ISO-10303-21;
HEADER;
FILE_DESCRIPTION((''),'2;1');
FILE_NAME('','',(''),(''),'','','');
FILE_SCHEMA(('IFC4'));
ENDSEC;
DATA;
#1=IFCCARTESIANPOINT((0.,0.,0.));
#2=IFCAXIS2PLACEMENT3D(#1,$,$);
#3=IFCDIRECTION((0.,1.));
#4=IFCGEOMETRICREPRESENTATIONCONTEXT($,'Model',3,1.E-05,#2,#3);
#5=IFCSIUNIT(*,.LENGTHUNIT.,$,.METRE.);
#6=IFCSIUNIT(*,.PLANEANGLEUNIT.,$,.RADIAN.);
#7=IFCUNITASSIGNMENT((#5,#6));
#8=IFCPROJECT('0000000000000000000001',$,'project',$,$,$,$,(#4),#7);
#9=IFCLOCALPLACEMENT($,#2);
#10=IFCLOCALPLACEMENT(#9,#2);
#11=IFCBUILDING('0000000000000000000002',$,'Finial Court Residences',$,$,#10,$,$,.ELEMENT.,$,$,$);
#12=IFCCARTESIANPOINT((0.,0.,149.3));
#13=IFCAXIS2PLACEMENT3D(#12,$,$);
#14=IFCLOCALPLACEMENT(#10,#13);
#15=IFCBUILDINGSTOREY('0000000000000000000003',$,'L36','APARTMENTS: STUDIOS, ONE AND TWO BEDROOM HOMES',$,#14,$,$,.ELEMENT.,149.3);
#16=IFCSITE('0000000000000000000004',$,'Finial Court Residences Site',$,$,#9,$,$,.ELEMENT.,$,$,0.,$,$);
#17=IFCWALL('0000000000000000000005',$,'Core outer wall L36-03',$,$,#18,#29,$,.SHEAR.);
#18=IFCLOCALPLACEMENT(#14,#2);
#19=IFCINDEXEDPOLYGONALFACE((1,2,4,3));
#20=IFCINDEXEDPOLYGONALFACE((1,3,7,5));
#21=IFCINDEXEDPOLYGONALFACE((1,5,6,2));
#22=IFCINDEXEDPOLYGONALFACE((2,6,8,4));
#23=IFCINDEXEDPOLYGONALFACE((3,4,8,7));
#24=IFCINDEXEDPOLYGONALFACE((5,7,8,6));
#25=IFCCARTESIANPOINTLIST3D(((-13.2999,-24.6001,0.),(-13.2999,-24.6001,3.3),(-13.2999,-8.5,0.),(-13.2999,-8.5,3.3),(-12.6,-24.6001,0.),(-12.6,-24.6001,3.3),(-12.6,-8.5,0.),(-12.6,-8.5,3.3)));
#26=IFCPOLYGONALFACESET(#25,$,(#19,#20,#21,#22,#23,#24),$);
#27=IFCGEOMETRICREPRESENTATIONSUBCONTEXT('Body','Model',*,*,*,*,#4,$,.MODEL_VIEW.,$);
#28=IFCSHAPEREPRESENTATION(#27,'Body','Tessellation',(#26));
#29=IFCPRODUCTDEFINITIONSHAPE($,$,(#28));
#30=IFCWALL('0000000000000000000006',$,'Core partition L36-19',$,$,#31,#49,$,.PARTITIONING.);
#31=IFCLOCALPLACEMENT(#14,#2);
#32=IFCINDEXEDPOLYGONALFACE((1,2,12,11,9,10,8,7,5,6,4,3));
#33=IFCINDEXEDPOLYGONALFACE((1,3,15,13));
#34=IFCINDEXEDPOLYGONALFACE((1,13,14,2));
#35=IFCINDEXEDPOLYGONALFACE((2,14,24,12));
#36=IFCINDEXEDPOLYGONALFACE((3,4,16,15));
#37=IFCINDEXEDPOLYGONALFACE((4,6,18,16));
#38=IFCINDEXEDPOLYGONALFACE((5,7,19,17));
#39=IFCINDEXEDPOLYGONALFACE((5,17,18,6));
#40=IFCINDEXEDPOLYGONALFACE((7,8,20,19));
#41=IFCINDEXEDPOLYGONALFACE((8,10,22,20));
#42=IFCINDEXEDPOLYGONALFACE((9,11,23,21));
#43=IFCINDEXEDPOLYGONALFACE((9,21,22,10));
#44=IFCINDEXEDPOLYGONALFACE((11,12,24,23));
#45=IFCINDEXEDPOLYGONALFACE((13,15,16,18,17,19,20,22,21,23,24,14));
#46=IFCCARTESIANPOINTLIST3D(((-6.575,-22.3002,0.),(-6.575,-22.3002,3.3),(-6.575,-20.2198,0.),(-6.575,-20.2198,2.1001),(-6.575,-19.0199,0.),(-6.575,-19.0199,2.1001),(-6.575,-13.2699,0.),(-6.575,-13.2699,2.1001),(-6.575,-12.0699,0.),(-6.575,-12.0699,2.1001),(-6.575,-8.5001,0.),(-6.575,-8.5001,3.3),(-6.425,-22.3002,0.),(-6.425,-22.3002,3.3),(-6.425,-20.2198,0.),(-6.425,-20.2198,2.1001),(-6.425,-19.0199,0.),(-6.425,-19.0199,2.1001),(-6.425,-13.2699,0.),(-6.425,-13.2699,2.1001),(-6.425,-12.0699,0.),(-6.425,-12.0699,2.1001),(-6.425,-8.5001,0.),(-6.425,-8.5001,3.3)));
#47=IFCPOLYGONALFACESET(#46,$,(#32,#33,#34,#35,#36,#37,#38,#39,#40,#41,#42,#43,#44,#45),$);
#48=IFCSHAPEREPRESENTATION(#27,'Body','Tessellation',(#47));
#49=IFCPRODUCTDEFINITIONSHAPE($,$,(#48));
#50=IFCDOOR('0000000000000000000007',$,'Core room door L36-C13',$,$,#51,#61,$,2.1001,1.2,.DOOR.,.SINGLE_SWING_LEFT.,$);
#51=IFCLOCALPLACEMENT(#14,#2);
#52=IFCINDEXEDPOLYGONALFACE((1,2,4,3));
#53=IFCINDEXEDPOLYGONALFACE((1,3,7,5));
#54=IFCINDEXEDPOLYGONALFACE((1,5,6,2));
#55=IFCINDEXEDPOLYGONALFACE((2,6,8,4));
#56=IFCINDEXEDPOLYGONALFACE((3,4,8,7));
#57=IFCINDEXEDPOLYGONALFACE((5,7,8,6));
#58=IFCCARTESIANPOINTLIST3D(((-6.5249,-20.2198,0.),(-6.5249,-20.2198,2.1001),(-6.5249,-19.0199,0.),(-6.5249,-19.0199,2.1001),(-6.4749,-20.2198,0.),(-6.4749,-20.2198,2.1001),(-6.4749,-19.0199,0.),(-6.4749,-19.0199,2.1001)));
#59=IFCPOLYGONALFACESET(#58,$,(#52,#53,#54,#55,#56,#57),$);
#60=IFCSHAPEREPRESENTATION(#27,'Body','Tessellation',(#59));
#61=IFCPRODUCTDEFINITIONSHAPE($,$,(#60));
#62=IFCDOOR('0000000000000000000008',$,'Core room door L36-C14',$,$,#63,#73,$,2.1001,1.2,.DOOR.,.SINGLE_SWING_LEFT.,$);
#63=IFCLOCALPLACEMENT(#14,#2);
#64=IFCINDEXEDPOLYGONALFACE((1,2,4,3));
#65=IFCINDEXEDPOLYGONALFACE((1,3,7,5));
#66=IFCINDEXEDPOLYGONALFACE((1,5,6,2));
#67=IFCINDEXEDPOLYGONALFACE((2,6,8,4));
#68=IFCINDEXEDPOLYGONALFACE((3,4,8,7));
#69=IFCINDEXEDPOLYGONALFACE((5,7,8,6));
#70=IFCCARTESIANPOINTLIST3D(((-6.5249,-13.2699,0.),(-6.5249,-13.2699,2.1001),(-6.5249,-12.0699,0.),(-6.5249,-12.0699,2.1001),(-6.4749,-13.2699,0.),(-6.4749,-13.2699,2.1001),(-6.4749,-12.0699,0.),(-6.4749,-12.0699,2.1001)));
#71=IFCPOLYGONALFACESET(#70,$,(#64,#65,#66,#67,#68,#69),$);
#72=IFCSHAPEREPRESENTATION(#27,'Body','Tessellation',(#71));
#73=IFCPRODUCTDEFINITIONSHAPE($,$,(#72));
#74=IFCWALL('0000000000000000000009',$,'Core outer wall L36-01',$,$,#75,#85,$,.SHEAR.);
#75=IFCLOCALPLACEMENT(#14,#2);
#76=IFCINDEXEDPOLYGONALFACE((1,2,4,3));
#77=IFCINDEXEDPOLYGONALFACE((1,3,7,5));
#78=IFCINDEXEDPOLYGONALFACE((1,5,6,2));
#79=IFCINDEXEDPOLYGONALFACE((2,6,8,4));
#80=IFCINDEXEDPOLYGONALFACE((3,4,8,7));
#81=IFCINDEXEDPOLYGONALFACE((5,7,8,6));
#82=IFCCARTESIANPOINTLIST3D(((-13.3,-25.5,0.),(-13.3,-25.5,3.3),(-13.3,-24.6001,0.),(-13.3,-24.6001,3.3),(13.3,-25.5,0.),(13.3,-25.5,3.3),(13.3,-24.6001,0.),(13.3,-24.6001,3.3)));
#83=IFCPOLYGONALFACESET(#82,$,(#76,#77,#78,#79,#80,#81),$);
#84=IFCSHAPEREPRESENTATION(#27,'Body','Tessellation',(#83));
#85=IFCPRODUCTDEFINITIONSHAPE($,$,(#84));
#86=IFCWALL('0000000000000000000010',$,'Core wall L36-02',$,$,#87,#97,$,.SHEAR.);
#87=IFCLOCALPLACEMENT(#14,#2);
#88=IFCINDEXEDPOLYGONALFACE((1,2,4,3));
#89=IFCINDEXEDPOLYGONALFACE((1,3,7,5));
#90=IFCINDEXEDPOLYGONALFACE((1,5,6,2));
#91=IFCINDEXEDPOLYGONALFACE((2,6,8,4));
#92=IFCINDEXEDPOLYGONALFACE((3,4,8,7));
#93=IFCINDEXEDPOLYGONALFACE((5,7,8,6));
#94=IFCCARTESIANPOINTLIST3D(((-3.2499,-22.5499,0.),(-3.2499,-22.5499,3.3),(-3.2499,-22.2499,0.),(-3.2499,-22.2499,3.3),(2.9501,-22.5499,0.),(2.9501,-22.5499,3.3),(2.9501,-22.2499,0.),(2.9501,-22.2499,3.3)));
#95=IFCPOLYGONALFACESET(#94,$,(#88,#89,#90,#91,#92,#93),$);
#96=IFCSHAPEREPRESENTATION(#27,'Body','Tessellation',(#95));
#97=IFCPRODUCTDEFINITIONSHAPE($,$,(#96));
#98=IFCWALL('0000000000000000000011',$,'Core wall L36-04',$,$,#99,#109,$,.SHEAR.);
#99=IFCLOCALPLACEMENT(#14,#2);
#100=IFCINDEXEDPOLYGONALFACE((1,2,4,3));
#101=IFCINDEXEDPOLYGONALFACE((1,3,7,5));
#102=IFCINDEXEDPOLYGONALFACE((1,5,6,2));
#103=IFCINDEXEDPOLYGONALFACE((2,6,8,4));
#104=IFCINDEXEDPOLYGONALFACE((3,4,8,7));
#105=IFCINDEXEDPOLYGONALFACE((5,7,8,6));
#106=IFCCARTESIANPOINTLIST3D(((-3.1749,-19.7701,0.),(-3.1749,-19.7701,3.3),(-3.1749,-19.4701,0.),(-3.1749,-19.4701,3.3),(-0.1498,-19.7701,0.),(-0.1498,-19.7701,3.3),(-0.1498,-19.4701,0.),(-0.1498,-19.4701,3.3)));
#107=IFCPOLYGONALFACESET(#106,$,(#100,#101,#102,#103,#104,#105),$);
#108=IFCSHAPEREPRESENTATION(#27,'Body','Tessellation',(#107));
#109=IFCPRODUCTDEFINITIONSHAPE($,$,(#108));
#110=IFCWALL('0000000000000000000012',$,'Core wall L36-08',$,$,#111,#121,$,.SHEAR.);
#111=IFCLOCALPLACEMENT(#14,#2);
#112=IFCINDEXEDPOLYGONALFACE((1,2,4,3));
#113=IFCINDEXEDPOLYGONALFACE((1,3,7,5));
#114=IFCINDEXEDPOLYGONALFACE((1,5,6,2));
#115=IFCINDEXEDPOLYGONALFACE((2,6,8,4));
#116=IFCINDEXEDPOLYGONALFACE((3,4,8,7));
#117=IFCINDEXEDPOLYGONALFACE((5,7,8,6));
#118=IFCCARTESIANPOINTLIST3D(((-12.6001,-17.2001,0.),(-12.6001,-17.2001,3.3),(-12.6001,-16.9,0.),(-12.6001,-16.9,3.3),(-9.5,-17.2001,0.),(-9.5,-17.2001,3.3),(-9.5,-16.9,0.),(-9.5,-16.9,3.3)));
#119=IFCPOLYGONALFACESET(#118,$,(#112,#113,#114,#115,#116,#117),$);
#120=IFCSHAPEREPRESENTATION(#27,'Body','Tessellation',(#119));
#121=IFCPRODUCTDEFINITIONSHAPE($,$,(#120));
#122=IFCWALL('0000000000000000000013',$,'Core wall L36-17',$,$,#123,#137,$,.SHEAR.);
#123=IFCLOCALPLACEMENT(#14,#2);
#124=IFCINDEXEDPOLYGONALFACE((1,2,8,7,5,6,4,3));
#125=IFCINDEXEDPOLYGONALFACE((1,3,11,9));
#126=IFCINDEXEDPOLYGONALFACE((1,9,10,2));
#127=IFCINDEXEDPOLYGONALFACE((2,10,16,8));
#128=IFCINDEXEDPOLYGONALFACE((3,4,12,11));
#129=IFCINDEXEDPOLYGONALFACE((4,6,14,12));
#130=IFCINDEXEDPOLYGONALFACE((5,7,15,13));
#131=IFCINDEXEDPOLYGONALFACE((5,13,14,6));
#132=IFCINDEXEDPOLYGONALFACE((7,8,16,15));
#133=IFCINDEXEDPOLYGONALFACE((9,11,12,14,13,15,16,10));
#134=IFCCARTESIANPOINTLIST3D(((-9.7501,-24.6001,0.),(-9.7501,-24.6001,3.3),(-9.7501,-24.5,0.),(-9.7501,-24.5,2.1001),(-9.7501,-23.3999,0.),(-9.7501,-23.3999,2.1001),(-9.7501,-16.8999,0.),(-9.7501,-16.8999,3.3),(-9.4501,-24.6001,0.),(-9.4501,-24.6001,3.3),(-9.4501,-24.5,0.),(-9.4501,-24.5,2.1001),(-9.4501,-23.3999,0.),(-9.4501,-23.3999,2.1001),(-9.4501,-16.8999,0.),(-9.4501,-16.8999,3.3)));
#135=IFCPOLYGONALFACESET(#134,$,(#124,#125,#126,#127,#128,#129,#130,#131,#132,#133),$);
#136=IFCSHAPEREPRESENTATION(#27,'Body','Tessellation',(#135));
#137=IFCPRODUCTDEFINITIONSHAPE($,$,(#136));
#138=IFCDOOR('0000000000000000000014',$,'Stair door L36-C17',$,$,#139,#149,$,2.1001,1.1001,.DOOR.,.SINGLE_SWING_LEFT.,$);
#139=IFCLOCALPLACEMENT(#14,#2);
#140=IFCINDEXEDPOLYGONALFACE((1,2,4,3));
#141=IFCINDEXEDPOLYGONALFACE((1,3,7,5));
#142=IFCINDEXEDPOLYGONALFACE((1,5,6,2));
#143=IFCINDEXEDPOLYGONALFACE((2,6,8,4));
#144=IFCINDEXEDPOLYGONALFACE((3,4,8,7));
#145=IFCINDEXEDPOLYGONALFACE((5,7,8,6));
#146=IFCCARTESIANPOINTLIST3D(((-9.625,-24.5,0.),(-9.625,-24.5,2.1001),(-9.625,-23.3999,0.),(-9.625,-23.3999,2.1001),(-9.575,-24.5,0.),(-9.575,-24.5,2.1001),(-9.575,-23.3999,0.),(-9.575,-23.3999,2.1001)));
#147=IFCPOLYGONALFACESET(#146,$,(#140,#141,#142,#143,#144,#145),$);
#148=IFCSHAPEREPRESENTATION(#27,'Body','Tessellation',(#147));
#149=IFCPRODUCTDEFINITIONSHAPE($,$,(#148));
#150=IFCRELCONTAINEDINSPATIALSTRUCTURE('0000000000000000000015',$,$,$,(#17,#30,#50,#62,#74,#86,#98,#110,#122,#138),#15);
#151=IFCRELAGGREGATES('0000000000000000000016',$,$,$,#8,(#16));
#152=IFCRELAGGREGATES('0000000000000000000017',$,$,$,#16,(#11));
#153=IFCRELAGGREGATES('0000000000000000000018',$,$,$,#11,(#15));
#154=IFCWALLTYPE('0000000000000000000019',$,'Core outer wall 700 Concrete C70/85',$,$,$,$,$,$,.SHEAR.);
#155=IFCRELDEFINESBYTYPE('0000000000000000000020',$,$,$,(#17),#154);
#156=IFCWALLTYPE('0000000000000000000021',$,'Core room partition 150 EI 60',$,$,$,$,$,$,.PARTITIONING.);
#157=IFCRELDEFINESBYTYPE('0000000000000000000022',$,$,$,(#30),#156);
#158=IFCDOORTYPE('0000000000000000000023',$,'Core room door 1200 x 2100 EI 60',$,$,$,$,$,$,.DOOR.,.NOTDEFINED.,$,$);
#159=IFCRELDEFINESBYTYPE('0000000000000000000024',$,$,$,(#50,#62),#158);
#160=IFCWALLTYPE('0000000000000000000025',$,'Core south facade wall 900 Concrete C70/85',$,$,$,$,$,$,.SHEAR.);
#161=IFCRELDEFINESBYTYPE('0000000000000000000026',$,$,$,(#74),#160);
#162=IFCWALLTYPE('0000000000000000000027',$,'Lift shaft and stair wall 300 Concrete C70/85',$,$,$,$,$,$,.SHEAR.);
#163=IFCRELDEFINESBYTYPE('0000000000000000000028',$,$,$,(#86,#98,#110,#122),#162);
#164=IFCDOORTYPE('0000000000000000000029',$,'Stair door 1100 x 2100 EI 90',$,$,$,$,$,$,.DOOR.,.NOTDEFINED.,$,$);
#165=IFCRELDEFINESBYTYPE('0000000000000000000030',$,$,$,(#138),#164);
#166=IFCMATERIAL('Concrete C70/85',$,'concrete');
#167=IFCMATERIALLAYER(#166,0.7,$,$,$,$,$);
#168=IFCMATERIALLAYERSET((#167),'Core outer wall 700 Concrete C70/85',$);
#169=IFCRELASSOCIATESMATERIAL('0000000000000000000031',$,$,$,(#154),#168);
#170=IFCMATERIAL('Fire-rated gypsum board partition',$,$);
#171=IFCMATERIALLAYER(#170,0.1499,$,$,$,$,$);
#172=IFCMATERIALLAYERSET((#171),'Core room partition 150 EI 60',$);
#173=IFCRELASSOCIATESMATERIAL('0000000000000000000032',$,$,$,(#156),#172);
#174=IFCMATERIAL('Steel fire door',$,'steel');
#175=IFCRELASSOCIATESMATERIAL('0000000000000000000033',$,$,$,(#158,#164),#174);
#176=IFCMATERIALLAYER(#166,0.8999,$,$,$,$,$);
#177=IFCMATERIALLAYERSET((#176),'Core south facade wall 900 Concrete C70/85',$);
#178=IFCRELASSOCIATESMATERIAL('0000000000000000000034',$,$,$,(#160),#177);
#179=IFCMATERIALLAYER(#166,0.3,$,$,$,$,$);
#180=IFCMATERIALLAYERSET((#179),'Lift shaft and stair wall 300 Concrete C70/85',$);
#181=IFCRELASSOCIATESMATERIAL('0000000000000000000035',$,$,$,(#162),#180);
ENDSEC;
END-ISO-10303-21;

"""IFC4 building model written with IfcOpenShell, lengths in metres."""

from ifc_helpers import new_model, si_unit, direction, frame, frame_2d, origin, place, context, subcontext, project, spatial, rectangle, extrude, material, layer, layer_set, type_object, element, fill, save


model = new_model("IFC4")

# Units and contexts
model_context = context("Model", 3, precision=1e-05, world=origin(), true_north=direction((0.0, 1.0)))
body_context = subcontext(model_context, "Body", "Model", "MODEL_VIEW")
ifc_project = project(units=[si_unit("LENGTHUNIT", "METRE"), si_unit("PLANEANGLEUNIT", "RADIAN")], contexts=[model_context])

# Site, building, storey
site_placement = place(None, origin())
site = spatial("IfcSite", under=ifc_project, at=site_placement, Name="Finial Court Residences Site", CompositionType="ELEMENT", RefElevation=0.0)
building_placement = place(site_placement, origin())
building = spatial("IfcBuilding", under=site, at=building_placement, Name="Finial Court Residences", CompositionType="ELEMENT")
storey_placement = place(building_placement, frame((0.0, 0.0, 149.3)))
storey = spatial("IfcBuildingStorey", under=building, at=storey_placement, Name="L36", Description="APARTMENTS: STUDIOS, ONE AND TWO BEDROOM HOMES", CompositionType="ELEMENT", Elevation=149.3)

# Wall
ifc_material_1 = material(Name="Concrete C70/85", Category="concrete")
ifc_layer_1 = layer(ifc_material_1, 0.7)
ifc_layer_set_1 = layer_set([ifc_layer_1], Name="Core outer wall 700 Concrete C70/85")
wall_type_1 = type_object("IfcWallType", Name="Core outer wall 700 Concrete C70/85", PredefinedType="SHEAR", material=ifc_layer_set_1)
wall_1_placement = place(storey_placement, frame((-12.95, -24.6001, 0.0), z_axis=(0.0, 0.0, 1.0), x_axis=(0.0, 1.0, 0.0)))
element("IfcWall", 1, at=wall_1_placement, inside=storey, type_object=wall_type_1, Name="Core outer wall L36-03", PredefinedType="SHEAR", context=body_context, shape_type="SweptSolid", body=[
    extrude(rectangle(XDim=16.1001, YDim=0.7, at=frame_2d((8.05, 0.0))), origin(), (0.0, 0.0, 1.0), 3.3),
])

# Wall, openings, doors
ifc_material_2 = material(Name="Fire-rated gypsum board partition")
ifc_layer_2 = layer(ifc_material_2, 0.1499)
ifc_layer_set_2 = layer_set([ifc_layer_2], Name="Core room partition 150 EI 60")
wall_type_2 = type_object("IfcWallType", Name="Core room partition 150 EI 60", PredefinedType="PARTITIONING", material=ifc_layer_set_2)
wall_2_placement = place(storey_placement, frame((-6.5, -22.3, 0.0), z_axis=(0.0, 0.0, 1.0), x_axis=(0.0, 1.0, 0.0)))
wall_2 = element("IfcWall", 2, at=wall_2_placement, inside=storey, type_object=wall_type_2, Name="Core partition L36-19", PredefinedType="PARTITIONING", context=body_context, shape_type="SweptSolid", body=[
    extrude(rectangle(XDim=13.8, YDim=0.1499, at=frame_2d((6.8999, 0.0))), origin(), (0.0, 0.0, 1.0), 3.3),
])
opening_1_placement = place(wall_2_placement, frame((2.0801, 0.0, 0.0)))
opening_1 = element("IfcOpeningElement", 3, at=opening_1_placement, cuts=wall_2, PredefinedType="OPENING", context=body_context, shape_type="SweptSolid", body=[
    extrude(rectangle(XDim=1.2, YDim=2.1001, at=frame_2d((0.6001, 1.05))), frame((0.0, 0.085, 0.0), z_axis=(0.0, -1.0, 0.0), x_axis=(1.0, 0.0, 0.0)), (0.0, 0.0, 1.0), 0.1699),
])
opening_2_placement = place(wall_2_placement, frame((9.03, 0.0, 0.0)))
opening_2 = element("IfcOpeningElement", 4, at=opening_2_placement, cuts=wall_2, PredefinedType="OPENING", context=body_context, shape_type="SweptSolid", body=[
    extrude(rectangle(XDim=1.2, YDim=2.1001, at=frame_2d((0.6001, 1.05))), frame((0.0, 0.085, 0.0), z_axis=(0.0, -1.0, 0.0), x_axis=(1.0, 0.0, 0.0)), (0.0, 0.0, 1.0), 0.1699),
])
ifc_material_3 = material(Name="Steel fire door", Category="steel")
door_type_1 = type_object("IfcDoorType", Name="Core room door 1200 x 2100 EI 60", OperationType="NOTDEFINED", PredefinedType="DOOR", material=ifc_material_3)
door_1_placement = place(opening_1_placement, origin())
door_1 = element("IfcDoor", 5, at=door_1_placement, inside=storey, type_object=door_type_1, Name="Core room door L36-C13", OperationType="SINGLE_SWING_LEFT", OverallHeight=2.1001, OverallWidth=1.2, PredefinedType="DOOR", context=body_context, shape_type="SweptSolid", body=[
    extrude(rectangle(XDim=1.2, YDim=2.1001, at=frame_2d((0.6001, 1.05))), frame((0.0, 0.0249, 0.0), z_axis=(0.0, -1.0, 0.0), x_axis=(1.0, 0.0, 0.0)), (0.0, 0.0, 1.0), 0.05),
])
fill(opening_1, door_1)
door_2_placement = place(opening_2_placement, origin())
door_2 = element("IfcDoor", 6, at=door_2_placement, inside=storey, type_object=door_type_1, Name="Core room door L36-C14", OperationType="SINGLE_SWING_LEFT", OverallHeight=2.1001, OverallWidth=1.2, PredefinedType="DOOR", context=body_context, shape_type="SweptSolid", body=[
    extrude(rectangle(XDim=1.2, YDim=2.1001, at=frame_2d((0.6001, 1.05))), frame((0.0, 0.0249, 0.0), z_axis=(0.0, -1.0, 0.0), x_axis=(1.0, 0.0, 0.0)), (0.0, 0.0, 1.0), 0.05),
])
fill(opening_2, door_2)

# Walls
ifc_layer_3 = layer(ifc_material_1, 0.8999)
ifc_layer_set_3 = layer_set([ifc_layer_3], Name="Core south facade wall 900 Concrete C70/85")
wall_type_3 = type_object("IfcWallType", Name="Core south facade wall 900 Concrete C70/85", PredefinedType="SHEAR", material=ifc_layer_set_3)
wall_3_placement = place(storey_placement, frame((-13.3, -25.05, 0.0), z_axis=(0.0, 0.0, 1.0), x_axis=(1.0, 0.0, 0.0)))
element("IfcWall", 7, at=wall_3_placement, inside=storey, type_object=wall_type_3, Name="Core outer wall L36-01", PredefinedType="SHEAR", context=body_context, shape_type="SweptSolid", body=[
    extrude(rectangle(XDim=26.6001, YDim=0.8999, at=frame_2d((13.3, 0.0))), origin(), (0.0, 0.0, 1.0), 3.3),
])
ifc_layer_4 = layer(ifc_material_1, 0.3)
ifc_layer_set_4 = layer_set([ifc_layer_4], Name="Lift shaft and stair wall 300 Concrete C70/85")
wall_type_4 = type_object("IfcWallType", Name="Lift shaft and stair wall 300 Concrete C70/85", PredefinedType="SHEAR", material=ifc_layer_set_4)
wall_4_placement = place(storey_placement, frame((-3.25, -22.3999, 0.0), z_axis=(0.0, 0.0, 1.0), x_axis=(1.0, 0.0, 0.0)))
element("IfcWall", 8, at=wall_4_placement, inside=storey, type_object=wall_type_4, Name="Core wall L36-02", PredefinedType="SHEAR", context=body_context, shape_type="SweptSolid", body=[
    extrude(rectangle(XDim=6.2, YDim=0.3, at=frame_2d((3.1001, 0.0))), origin(), (0.0, 0.0, 1.0), 3.3),
])
wall_5_placement = place(storey_placement, frame((-3.175, -19.6201, 0.0), z_axis=(0.0, 0.0, 1.0), x_axis=(1.0, 0.0, 0.0)))
element("IfcWall", 9, at=wall_5_placement, inside=storey, type_object=wall_type_4, Name="Core wall L36-04", PredefinedType="SHEAR", context=body_context, shape_type="SweptSolid", body=[
    extrude(rectangle(XDim=3.0251, YDim=0.3, at=frame_2d((1.5127, 0.0))), origin(), (0.0, 0.0, 1.0), 3.3),
])
wall_6_placement = place(storey_placement, frame((-12.6001, -17.05, 0.0), z_axis=(0.0, 0.0, 1.0), x_axis=(1.0, 0.0, 0.0)))
element("IfcWall", 10, at=wall_6_placement, inside=storey, type_object=wall_type_4, Name="Core wall L36-08", PredefinedType="SHEAR", context=body_context, shape_type="SweptSolid", body=[
    extrude(rectangle(XDim=3.1001, YDim=0.3, at=frame_2d((1.55, 0.0))), origin(), (0.0, 0.0, 1.0), 3.3),
])

# Wall, opening, door
wall_7_placement = place(storey_placement, frame((-9.6001, -24.6001, 0.0), z_axis=(0.0, 0.0, 1.0), x_axis=(0.0, 1.0, 0.0)))
wall_7 = element("IfcWall", 11, at=wall_7_placement, inside=storey, type_object=wall_type_4, Name="Core wall L36-17", PredefinedType="SHEAR", context=body_context, shape_type="SweptSolid", body=[
    extrude(rectangle(XDim=7.7002, YDim=0.3, at=frame_2d((3.8501, 0.0))), origin(), (0.0, 0.0, 1.0), 3.3),
])
opening_3_placement = place(wall_7_placement, frame((0.1001, 0.0, 0.0)))
opening_3 = element("IfcOpeningElement", 12, at=opening_3_placement, cuts=wall_7, PredefinedType="OPENING", context=body_context, shape_type="SweptSolid", body=[
    extrude(rectangle(XDim=1.1001, YDim=2.1001, at=frame_2d((0.55, 1.05))), frame((0.0, 0.1599, 0.0), z_axis=(0.0, -1.0, 0.0), x_axis=(1.0, 0.0, 0.0)), (0.0, 0.0, 1.0), 0.3201),
])
door_type_2 = type_object("IfcDoorType", Name="Stair door 1100 x 2100 EI 90", OperationType="NOTDEFINED", PredefinedType="DOOR", material=ifc_material_3)
door_3_placement = place(opening_3_placement, origin())
door_3 = element("IfcDoor", 13, at=door_3_placement, inside=storey, type_object=door_type_2, Name="Stair door L36-C17", OperationType="SINGLE_SWING_LEFT", OverallHeight=2.1001, OverallWidth=1.1001, PredefinedType="DOOR", context=body_context, shape_type="SweptSolid", body=[
    extrude(rectangle(XDim=1.1001, YDim=2.1001, at=frame_2d((0.55, 1.05))), frame((0.0, 0.0249, 0.0), z_axis=(0.0, -1.0, 0.0), x_axis=(1.0, 0.0, 0.0)), (0.0, 0.0, 1.0), 0.05),
])
fill(opening_3, door_3)

save(model, "model.ifc")
